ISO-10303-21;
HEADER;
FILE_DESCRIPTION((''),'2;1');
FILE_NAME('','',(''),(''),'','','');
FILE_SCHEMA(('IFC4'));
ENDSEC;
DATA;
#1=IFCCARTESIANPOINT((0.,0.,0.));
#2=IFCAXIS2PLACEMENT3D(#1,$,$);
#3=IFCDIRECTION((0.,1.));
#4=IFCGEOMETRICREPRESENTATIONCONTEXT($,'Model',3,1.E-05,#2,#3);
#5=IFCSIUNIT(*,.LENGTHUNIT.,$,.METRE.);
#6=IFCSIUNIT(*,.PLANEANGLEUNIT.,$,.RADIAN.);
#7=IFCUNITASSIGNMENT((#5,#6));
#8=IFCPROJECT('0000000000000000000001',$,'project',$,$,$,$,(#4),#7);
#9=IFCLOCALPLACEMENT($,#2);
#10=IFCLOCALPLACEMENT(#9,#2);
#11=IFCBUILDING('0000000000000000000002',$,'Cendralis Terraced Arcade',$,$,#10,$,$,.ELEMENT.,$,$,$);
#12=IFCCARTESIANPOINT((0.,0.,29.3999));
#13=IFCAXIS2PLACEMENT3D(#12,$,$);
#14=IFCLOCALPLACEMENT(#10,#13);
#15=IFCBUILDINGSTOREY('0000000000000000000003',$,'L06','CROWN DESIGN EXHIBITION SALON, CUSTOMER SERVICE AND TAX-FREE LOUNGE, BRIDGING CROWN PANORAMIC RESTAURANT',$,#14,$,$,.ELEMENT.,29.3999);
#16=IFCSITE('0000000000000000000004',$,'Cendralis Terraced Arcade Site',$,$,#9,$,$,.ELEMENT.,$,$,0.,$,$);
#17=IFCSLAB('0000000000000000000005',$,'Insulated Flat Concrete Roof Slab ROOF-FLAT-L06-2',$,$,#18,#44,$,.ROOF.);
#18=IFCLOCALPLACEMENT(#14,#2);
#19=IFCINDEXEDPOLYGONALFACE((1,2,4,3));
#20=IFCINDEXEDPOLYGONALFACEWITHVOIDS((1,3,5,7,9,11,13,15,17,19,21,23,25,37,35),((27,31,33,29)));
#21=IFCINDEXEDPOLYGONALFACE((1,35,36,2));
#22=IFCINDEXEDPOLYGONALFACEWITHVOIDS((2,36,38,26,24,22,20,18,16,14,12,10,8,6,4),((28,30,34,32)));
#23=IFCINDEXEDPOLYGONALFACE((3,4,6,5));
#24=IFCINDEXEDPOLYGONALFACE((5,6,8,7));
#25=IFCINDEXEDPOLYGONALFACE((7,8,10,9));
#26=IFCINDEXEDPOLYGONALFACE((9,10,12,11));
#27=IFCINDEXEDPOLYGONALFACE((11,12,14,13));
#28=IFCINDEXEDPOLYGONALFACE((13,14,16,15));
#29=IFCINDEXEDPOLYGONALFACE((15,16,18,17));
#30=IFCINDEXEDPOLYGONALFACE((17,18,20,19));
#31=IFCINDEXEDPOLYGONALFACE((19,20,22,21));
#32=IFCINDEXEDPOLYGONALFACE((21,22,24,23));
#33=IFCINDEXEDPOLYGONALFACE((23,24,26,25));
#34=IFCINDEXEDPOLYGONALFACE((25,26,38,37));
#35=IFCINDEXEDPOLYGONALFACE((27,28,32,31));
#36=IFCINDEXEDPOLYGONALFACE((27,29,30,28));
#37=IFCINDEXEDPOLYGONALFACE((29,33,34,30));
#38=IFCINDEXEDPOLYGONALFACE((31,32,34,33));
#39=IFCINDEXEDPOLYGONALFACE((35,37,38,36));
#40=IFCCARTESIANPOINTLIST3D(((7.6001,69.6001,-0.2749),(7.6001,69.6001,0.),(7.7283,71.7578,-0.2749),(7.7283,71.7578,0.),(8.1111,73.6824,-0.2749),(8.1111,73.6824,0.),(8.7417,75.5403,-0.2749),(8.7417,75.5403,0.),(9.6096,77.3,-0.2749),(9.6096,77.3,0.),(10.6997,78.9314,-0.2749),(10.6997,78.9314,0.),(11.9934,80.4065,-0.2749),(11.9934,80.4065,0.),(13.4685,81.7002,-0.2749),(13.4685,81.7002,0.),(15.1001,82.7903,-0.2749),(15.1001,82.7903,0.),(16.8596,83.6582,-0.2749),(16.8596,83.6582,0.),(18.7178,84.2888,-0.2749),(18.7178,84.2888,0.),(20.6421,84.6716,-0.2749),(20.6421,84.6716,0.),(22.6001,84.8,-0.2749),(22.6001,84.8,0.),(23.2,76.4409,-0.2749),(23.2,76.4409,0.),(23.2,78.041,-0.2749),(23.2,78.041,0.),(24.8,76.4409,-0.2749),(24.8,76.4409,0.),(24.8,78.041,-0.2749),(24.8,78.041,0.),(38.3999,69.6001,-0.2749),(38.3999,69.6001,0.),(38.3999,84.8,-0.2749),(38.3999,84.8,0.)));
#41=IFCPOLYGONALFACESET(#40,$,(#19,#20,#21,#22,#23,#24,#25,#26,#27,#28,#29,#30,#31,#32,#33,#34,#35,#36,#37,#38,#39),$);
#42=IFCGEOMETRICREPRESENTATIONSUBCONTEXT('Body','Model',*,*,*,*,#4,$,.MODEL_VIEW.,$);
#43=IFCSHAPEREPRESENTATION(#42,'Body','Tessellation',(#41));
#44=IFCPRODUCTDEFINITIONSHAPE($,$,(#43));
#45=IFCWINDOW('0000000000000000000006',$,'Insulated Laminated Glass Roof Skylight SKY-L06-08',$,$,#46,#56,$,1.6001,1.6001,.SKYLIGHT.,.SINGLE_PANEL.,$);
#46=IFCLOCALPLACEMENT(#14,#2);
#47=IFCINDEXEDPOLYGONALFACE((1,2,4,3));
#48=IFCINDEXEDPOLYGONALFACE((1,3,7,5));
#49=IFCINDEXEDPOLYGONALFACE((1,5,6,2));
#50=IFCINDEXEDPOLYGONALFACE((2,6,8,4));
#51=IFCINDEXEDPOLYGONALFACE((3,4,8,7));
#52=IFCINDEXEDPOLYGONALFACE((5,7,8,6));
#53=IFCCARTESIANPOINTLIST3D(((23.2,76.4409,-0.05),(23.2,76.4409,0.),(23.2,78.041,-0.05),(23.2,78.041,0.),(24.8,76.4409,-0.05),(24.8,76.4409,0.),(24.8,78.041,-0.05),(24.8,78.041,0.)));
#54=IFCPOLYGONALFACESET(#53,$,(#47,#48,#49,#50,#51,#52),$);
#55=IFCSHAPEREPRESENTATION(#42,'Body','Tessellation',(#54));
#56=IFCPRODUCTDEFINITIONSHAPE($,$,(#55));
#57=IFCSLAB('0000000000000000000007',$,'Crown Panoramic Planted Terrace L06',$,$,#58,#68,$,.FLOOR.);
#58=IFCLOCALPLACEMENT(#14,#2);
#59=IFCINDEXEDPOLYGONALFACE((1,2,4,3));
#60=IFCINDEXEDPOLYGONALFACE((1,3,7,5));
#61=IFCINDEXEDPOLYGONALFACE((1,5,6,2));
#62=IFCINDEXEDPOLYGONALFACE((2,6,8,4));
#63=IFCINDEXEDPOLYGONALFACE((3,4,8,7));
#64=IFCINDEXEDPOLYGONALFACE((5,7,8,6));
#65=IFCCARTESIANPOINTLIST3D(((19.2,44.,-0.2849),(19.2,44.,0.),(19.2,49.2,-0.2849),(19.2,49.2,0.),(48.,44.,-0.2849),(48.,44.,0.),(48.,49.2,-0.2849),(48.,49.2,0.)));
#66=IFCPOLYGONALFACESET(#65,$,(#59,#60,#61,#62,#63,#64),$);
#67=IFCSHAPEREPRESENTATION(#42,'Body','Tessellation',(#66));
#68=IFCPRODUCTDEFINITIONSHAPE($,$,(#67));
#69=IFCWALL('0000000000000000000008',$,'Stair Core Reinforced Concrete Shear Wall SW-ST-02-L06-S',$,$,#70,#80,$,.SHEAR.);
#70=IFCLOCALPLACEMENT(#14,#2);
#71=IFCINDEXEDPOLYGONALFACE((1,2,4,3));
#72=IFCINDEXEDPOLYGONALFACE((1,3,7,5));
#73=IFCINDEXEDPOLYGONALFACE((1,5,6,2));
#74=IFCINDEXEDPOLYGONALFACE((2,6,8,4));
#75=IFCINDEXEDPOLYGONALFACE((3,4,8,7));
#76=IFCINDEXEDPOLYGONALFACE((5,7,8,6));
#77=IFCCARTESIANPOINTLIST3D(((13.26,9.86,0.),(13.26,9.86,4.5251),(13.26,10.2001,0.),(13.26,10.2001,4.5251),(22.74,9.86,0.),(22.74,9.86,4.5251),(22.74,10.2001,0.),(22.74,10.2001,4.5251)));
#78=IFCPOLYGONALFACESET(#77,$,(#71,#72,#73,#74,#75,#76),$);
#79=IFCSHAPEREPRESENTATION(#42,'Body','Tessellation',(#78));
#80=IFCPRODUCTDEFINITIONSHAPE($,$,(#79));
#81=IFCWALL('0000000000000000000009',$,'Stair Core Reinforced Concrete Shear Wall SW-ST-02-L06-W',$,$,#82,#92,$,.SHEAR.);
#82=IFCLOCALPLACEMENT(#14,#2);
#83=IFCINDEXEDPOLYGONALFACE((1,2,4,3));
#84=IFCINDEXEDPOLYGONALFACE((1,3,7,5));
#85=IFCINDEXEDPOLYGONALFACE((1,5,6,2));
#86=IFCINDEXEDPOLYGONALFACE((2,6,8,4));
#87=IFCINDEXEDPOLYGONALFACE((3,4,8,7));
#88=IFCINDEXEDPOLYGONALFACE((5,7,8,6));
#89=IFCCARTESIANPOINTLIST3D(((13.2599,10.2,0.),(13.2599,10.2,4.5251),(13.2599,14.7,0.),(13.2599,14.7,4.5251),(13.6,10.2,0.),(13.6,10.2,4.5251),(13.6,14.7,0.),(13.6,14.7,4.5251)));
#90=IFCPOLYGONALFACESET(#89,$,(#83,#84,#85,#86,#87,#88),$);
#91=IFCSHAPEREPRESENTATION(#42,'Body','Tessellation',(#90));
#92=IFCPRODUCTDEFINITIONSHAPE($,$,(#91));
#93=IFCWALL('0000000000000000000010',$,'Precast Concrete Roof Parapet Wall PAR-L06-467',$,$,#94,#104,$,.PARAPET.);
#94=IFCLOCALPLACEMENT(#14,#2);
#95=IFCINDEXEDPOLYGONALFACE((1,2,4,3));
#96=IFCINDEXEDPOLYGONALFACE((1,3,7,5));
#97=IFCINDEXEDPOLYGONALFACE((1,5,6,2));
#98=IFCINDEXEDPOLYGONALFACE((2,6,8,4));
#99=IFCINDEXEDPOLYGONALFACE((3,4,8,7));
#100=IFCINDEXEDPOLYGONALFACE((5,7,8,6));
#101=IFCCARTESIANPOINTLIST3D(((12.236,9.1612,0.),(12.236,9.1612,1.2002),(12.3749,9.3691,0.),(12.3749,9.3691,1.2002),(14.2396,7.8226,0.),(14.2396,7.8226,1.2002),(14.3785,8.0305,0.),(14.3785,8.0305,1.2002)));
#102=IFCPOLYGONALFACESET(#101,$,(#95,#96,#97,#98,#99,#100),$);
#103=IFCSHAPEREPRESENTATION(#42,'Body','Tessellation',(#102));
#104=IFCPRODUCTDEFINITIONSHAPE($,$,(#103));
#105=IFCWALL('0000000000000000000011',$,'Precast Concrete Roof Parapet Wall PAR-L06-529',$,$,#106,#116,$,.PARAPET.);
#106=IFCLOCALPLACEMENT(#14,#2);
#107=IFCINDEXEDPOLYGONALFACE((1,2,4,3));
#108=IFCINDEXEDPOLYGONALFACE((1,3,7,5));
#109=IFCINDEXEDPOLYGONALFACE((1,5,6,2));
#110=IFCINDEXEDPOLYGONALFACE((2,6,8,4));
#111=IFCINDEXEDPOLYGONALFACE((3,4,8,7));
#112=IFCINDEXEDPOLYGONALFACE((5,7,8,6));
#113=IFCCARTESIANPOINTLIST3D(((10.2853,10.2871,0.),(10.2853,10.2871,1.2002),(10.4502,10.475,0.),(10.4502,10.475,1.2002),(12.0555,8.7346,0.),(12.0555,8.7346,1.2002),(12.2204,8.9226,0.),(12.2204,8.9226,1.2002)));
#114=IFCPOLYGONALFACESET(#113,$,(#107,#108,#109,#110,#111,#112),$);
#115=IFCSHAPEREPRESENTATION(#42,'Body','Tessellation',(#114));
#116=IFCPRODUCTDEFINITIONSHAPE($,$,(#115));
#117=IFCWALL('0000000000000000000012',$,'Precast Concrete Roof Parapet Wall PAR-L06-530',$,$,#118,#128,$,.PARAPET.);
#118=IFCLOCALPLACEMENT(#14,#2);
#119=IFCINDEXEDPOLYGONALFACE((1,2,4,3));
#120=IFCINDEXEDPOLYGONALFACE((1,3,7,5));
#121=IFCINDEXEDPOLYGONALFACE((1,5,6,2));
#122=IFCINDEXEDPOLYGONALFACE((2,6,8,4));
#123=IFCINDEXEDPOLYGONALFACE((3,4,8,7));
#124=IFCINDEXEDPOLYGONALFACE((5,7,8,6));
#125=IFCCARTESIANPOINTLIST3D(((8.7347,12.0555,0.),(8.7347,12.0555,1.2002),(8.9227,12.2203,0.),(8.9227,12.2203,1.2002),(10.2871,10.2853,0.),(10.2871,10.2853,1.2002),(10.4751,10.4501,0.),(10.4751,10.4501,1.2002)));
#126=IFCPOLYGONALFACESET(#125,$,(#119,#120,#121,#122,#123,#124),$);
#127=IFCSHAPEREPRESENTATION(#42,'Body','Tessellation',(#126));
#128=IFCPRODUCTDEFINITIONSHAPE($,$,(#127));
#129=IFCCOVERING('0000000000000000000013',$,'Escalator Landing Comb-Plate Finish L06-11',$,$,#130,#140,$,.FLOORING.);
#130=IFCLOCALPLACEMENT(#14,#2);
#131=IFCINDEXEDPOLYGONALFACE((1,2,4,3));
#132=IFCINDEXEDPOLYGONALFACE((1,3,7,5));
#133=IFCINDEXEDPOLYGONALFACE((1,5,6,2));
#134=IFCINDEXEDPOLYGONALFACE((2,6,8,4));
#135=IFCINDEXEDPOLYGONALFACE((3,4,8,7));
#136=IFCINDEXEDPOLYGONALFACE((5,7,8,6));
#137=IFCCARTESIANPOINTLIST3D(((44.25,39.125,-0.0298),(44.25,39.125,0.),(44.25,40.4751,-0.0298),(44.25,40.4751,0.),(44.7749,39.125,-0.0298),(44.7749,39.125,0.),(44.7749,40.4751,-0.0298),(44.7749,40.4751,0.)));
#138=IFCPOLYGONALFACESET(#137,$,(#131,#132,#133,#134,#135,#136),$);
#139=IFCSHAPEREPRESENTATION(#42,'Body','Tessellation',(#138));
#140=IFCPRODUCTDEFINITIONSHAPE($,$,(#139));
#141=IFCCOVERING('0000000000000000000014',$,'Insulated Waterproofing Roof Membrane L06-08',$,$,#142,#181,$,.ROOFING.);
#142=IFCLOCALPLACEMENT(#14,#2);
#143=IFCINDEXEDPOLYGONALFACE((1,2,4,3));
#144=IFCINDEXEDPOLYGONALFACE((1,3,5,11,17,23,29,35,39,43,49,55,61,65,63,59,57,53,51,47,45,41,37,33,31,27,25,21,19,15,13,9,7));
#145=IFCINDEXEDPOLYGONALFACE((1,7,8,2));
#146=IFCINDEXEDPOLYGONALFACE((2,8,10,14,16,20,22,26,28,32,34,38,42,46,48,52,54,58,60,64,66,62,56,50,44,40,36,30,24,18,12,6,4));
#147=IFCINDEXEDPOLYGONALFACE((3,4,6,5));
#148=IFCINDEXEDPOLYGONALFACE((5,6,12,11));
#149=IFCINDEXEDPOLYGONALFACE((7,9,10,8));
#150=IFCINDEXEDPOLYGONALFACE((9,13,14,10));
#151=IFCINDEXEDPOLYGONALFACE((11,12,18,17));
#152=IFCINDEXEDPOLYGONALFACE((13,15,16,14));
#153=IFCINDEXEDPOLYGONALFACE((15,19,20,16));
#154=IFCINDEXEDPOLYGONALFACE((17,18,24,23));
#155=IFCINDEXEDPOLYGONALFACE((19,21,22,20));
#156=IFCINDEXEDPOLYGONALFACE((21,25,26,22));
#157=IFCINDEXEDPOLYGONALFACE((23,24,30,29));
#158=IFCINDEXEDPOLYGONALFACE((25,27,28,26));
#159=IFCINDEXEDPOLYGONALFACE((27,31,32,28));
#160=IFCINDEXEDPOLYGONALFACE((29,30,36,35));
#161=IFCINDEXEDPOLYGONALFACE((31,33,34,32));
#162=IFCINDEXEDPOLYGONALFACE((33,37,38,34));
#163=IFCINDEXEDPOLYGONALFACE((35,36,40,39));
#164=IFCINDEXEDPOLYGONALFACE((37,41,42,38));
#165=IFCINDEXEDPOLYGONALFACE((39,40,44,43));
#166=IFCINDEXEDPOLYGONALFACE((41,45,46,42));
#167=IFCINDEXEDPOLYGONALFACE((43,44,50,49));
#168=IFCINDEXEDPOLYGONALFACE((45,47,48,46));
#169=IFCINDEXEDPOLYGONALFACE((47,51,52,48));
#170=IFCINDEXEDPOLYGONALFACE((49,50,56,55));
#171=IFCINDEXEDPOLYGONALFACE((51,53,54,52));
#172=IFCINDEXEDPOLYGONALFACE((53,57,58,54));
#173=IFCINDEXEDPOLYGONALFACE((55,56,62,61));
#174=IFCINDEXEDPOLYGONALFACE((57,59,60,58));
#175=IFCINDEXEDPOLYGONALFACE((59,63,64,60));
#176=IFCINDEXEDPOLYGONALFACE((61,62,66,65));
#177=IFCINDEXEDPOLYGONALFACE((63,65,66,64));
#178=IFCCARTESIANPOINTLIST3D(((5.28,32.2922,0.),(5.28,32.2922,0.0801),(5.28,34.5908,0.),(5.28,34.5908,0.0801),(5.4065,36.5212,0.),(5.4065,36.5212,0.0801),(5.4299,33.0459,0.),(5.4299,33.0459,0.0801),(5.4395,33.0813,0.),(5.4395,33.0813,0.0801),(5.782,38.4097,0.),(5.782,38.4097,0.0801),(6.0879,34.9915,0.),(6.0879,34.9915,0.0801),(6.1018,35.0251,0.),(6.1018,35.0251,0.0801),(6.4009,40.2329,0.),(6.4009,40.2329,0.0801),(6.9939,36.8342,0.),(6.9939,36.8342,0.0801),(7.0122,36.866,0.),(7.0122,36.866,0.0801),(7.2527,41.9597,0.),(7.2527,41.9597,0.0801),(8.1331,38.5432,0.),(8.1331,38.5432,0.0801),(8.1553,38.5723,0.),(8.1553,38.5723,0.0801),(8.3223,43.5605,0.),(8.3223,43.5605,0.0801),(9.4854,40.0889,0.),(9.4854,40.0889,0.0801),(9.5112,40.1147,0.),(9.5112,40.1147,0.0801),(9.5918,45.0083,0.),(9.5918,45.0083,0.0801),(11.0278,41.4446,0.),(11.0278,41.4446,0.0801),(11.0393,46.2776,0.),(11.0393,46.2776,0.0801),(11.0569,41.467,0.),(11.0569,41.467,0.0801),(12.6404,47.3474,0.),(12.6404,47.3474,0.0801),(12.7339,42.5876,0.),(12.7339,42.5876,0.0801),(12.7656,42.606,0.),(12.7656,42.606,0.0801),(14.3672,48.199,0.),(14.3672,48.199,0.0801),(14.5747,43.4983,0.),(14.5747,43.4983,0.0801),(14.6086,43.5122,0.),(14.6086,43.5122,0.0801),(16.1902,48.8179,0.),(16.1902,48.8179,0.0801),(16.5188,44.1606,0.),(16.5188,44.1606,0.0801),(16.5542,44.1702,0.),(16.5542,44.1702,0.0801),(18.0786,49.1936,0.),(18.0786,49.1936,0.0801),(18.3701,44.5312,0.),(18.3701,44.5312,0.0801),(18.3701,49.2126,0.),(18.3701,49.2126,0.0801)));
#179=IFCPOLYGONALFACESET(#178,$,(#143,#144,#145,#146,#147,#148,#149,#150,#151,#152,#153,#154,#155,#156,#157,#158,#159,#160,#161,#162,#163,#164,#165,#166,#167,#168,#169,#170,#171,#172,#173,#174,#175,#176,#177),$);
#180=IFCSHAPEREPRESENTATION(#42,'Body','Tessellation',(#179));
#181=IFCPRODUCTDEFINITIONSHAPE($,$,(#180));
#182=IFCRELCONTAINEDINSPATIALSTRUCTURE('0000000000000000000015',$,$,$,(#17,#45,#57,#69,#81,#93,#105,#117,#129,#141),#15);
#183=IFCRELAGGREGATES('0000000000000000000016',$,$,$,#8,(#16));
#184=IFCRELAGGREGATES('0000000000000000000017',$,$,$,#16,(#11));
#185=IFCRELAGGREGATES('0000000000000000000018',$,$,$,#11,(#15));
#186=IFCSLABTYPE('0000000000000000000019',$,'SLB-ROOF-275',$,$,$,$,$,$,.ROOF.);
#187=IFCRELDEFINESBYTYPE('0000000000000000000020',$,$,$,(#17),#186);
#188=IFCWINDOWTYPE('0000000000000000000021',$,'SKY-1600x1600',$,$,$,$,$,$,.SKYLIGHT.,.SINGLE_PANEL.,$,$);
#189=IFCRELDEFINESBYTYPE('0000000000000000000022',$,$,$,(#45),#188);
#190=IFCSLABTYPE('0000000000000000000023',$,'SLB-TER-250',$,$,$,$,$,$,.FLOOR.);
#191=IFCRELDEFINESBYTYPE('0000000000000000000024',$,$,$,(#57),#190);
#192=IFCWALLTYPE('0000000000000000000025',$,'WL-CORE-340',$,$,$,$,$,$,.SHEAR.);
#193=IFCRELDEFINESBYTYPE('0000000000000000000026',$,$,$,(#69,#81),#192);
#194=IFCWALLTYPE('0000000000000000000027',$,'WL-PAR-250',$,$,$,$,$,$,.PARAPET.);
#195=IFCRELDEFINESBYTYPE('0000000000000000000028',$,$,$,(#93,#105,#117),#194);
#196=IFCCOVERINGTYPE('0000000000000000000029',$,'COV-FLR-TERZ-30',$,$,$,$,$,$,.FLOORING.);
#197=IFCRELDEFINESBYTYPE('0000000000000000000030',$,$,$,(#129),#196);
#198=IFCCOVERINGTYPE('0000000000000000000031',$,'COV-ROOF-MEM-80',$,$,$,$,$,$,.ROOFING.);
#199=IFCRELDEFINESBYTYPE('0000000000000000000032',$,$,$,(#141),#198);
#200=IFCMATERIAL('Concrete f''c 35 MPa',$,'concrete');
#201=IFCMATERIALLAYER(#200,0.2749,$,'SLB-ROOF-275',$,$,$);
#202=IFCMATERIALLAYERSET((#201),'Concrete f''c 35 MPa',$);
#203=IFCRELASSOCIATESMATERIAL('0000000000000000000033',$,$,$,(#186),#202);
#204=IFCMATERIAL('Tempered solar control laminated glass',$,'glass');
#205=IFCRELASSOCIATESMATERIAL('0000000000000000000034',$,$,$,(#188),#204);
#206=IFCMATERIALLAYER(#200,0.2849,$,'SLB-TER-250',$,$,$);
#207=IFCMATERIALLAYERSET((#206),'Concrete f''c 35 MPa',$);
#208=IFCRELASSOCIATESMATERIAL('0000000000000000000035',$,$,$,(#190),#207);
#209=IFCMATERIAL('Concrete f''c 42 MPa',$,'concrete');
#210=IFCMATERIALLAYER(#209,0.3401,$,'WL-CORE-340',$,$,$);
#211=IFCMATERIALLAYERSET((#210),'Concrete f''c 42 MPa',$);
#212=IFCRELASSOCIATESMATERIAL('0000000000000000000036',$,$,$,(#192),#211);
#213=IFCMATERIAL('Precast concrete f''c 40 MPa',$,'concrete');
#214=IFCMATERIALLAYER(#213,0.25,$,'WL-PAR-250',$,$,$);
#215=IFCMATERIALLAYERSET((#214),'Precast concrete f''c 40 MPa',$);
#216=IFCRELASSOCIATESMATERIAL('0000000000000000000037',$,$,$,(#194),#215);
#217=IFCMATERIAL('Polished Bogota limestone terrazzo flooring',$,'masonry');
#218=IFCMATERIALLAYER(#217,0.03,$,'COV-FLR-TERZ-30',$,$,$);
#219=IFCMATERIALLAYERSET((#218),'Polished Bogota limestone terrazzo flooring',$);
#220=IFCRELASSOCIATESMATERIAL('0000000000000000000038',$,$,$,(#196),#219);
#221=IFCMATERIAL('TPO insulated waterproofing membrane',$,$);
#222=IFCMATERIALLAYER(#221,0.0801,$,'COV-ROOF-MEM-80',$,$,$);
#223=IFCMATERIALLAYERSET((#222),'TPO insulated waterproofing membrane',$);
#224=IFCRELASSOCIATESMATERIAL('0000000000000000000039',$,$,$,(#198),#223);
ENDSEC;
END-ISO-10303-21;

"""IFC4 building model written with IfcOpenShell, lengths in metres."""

from ifc_helpers import new_model, si_unit, direction, frame, frame_2d, origin, origin_2d, place, context, subcontext, project, spatial, polyline, rectangle, outline, extrude, material, layer, layer_set, type_object, element, fill, save


model = new_model("IFC4")

# Units and contexts
model_context = context("Model", 3, precision=1e-05, world=origin(), true_north=direction((0.0, 1.0)))
body_context = subcontext(model_context, "Body", "Model", "MODEL_VIEW")
ifc_project = project(units=[si_unit("LENGTHUNIT", "METRE"), si_unit("PLANEANGLEUNIT", "RADIAN")], contexts=[model_context])

# Site, building, storey
site_placement = place(None, origin())
site = spatial("IfcSite", under=ifc_project, at=site_placement, Name="Cendralis Terraced Arcade Site", CompositionType="ELEMENT", RefElevation=0.0)
building_placement = place(site_placement, origin())
building = spatial("IfcBuilding", under=site, at=building_placement, Name="Cendralis Terraced Arcade", CompositionType="ELEMENT")
storey_placement = place(building_placement, frame((0.0, 0.0, 29.3999)))
storey = spatial("IfcBuildingStorey", under=building, at=storey_placement, Name="L06", Description="CROWN DESIGN EXHIBITION SALON, CUSTOMER SERVICE AND TAX-FREE LOUNGE, BRIDGING CROWN PANORAMIC RESTAURANT", CompositionType="ELEMENT", Elevation=29.3999)

# Shared definitions
ifc_material_1 = material(Name="Tempered solar control laminated glass", Category="glass")

# Shared definitions
ifc_material_2 = material(Name="Concrete f'c 35 MPa", Category="concrete")

# Slab, opening, window
ifc_layer_1 = layer(ifc_material_2, 0.2749, Name="SLB-ROOF-275")
ifc_layer_set_1 = layer_set([ifc_layer_1], Name="Concrete f'c 35 MPa")
slab_type_1 = type_object("IfcSlabType", Name="SLB-ROOF-275", PredefinedType="ROOF", material=ifc_layer_set_1)
slab_1_placement = place(storey_placement, frame((0.0, 0.0, -0.2749)))
slab_1 = element("IfcSlab", 1, at=slab_1_placement, inside=storey, type_object=slab_type_1, Name="Insulated Flat Concrete Roof Slab ROOF-FLAT-L06-2", PredefinedType="ROOF", context=body_context, shape_type="SweptSolid", body=[
    extrude(outline(polyline([(8.1111, 73.6824), (8.7417, 75.5403), (9.6096, 77.3), (10.6997, 78.9314), (11.9934, 80.4065), (13.4685, 81.7002), (15.1001, 82.7903), (16.8596, 83.6582), (18.7178, 84.2888), (20.6421, 84.6716), (22.6001, 84.8), (38.3999, 84.8), (38.3999, 69.6001), (7.6001, 69.6001), (7.7283, 71.7578), (8.1111, 73.6824)])), origin(), (0.0, 0.0, 1.0), 0.2749),
])
opening_1_placement = place(slab_1_placement, frame((24.0, 77.241, 0.0)))
opening_1 = element("IfcOpeningElement", 2, at=opening_1_placement, cuts=slab_1, PredefinedType="OPENING", context=body_context, shape_type="SweptSolid", body=[
    extrude(rectangle(XDim=1.6001, YDim=1.6001, at=origin_2d()), frame((0.0, 0.0, -0.012)), (0.0, 0.0, 1.0), 0.2988),
])
window_type_1 = type_object("IfcWindowType", Name="SKY-1600x1600", PartitioningType="SINGLE_PANEL", PredefinedType="SKYLIGHT", material=ifc_material_1)
window_1_placement = place(opening_1_placement, frame((0.0, 0.0, 0.2249)))
window_1 = element("IfcWindow", 3, at=window_1_placement, inside=storey, type_object=window_type_1, Name="Insulated Laminated Glass Roof Skylight SKY-L06-08", OverallHeight=1.6001, OverallWidth=1.6001, PartitioningType="SINGLE_PANEL", PredefinedType="SKYLIGHT", context=body_context, shape_type="SweptSolid", body=[
    extrude(rectangle(XDim=1.6001, YDim=1.6001, at=origin_2d()), origin(), (0.0, 0.0, 1.0), 0.05),
])
fill(opening_1, window_1)

# Slab
ifc_layer_2 = layer(ifc_material_2, 0.2849, Name="SLB-TER-250")
ifc_layer_set_2 = layer_set([ifc_layer_2], Name="Concrete f'c 35 MPa")
slab_type_2 = type_object("IfcSlabType", Name="SLB-TER-250", PredefinedType="FLOOR", material=ifc_layer_set_2)
slab_2_placement = place(storey_placement, frame((0.0, 0.0, -0.2849)))
element("IfcSlab", 4, at=slab_2_placement, inside=storey, type_object=slab_type_2, Name="Crown Panoramic Planted Terrace L06", PredefinedType="FLOOR", context=body_context, shape_type="SweptSolid", body=[
    extrude(outline(polyline([(19.2, 44.0), (19.2, 49.2), (48.0, 49.2), (48.0, 44.0), (19.2, 44.0)])), origin(), (0.0, 0.0, 1.0), 0.2849),
])

# Walls
ifc_material_3 = material(Name="Concrete f'c 42 MPa", Category="concrete")
ifc_layer_3 = layer(ifc_material_3, 0.3401, Name="WL-CORE-340")
ifc_layer_set_3 = layer_set([ifc_layer_3], Name="Concrete f'c 42 MPa")
wall_type_1 = type_object("IfcWallType", Name="WL-CORE-340", PredefinedType="SHEAR", material=ifc_layer_set_3)
wall_1_placement = place(storey_placement, frame((13.26, 10.03, 0.0), z_axis=(0.0, 0.0, 1.0), x_axis=(1.0, 0.0, 0.0)))
element("IfcWall", 5, at=wall_1_placement, inside=storey, type_object=wall_type_1, Name="Stair Core Reinforced Concrete Shear Wall SW-ST-02-L06-S", PredefinedType="SHEAR", context=body_context, shape_type="SweptSolid", body=[
    extrude(rectangle(XDim=9.48, YDim=0.3401, at=frame_2d((4.74, 0.0))), origin(), (0.0, 0.0, 1.0), 4.5251),
])
wall_2_placement = place(storey_placement, frame((13.4299, 10.2, 0.0), z_axis=(0.0, 0.0, 1.0), x_axis=(0.0, 1.0, 0.0)))
element("IfcWall", 6, at=wall_2_placement, inside=storey, type_object=wall_type_1, Name="Stair Core Reinforced Concrete Shear Wall SW-ST-02-L06-W", PredefinedType="SHEAR", context=body_context, shape_type="SweptSolid", body=[
    extrude(rectangle(XDim=4.5, YDim=0.3401, at=frame_2d((2.25, 0.0))), origin(), (0.0, 0.0, 1.0), 4.5251),
])
ifc_material_4 = material(Name="Precast concrete f'c 40 MPa", Category="concrete")
ifc_layer_4 = layer(ifc_material_4, 0.25, Name="WL-PAR-250")
ifc_layer_set_4 = layer_set([ifc_layer_4], Name="Precast concrete f'c 40 MPa")
wall_type_2 = type_object("IfcWallType", Name="WL-PAR-250", PredefinedType="PARAPET", material=ifc_layer_set_4)
wall_3_placement = place(storey_placement, frame((12.3054, 9.2651, 0.0), z_axis=(0.0, 0.0, 1.0), x_axis=(0.831504, -0.555518, 0.0)))
element("IfcWall", 7, at=wall_3_placement, inside=storey, type_object=wall_type_2, Name="Precast Concrete Roof Parapet Wall PAR-L06-467", PredefinedType="PARAPET", context=body_context, shape_type="SweptSolid", body=[
    extrude(rectangle(XDim=2.4097, YDim=0.25, at=frame_2d((1.2048, 0.0))), origin(), (0.0, 0.0, 1.0), 1.2002),
])
for number, where, z_axis, x_axis, name in (
    (8, (12.1379, 8.8286, 0.0), (0.0, 0.0, 1.0), (-0.751838, 0.659348, 0.0), "Precast Concrete Roof Parapet Wall PAR-L06-529"),
    (9, (10.3811, 10.3677, 0.0), (0.0, 0.0, 1.0), (-0.659348, 0.751838, 0.0), "Precast Concrete Roof Parapet Wall PAR-L06-530"),
):
    element("IfcWall", number, at=place(storey_placement, frame(where, z_axis=z_axis, x_axis=x_axis)), inside=storey, type_object=wall_type_2, Name=name, PredefinedType="PARAPET", context=body_context, shape_type="SweptSolid", body=[
        extrude(rectangle(XDim=2.3545, YDim=0.25, at=frame_2d((1.1772, 0.0))), origin(), (0.0, 0.0, 1.0), 1.2002),
    ])

# Coverings
ifc_material_5 = material(Name="Polished Bogota limestone terrazzo flooring", Category="masonry")
ifc_layer_5 = layer(ifc_material_5, 0.03, Name="COV-FLR-TERZ-30")
ifc_layer_set_5 = layer_set([ifc_layer_5], Name="Polished Bogota limestone terrazzo flooring")
covering_type_1 = type_object("IfcCoveringType", Name="COV-FLR-TERZ-30", PredefinedType="FLOORING", material=ifc_layer_set_5)
covering_1_placement = place(storey_placement, frame((0.0, 0.0, -0.0298)))
element("IfcCovering", 10, at=covering_1_placement, inside=storey, type_object=covering_type_1, Name="Escalator Landing Comb-Plate Finish L06-11", PredefinedType="FLOORING", context=body_context, shape_type="SweptSolid", body=[
    extrude(outline(polyline([(44.25, 39.125), (44.7749, 39.125), (44.7749, 40.4751), (44.25, 40.4751), (44.25, 39.125)])), origin(), (0.0, 0.0, 1.0), 0.0298),
])
ifc_material_6 = material(Name="TPO insulated waterproofing membrane")
ifc_layer_6 = layer(ifc_material_6, 0.0801, Name="COV-ROOF-MEM-80")
ifc_layer_set_6 = layer_set([ifc_layer_6], Name="TPO insulated waterproofing membrane")
covering_type_2 = type_object("IfcCoveringType", Name="COV-ROOF-MEM-80", PredefinedType="ROOFING", material=ifc_layer_set_6)
covering_2_placement = place(storey_placement, origin())
element("IfcCovering", 11, at=covering_2_placement, inside=storey, type_object=covering_type_2, Name="Insulated Waterproofing Roof Membrane L06-08", PredefinedType="ROOFING", context=body_context, shape_type="SweptSolid", body=[
    extrude(outline(polyline([(5.28, 32.2922), (5.28, 34.5908), (5.4065, 36.5212), (5.782, 38.4097), (6.4009, 40.2329), (7.2527, 41.9597), (8.3223, 43.5605), (9.5918, 45.0083), (11.0393, 46.2776), (12.6404, 47.3474), (14.3672, 48.199), (16.1902, 48.8179), (18.0786, 49.1936), (18.3701, 49.2126), (18.3701, 44.5312), (16.5542, 44.1702), (16.5188, 44.1606), (14.6086, 43.5122), (14.5747, 43.4983), (12.7656, 42.606), (12.7339, 42.5876), (11.0569, 41.467), (11.0278, 41.4446), (9.5112, 40.1147), (9.4854, 40.0889), (8.1553, 38.5723), (8.1331, 38.5432), (7.0122, 36.866), (6.9939, 36.8342), (6.1018, 35.0251), (6.0879, 34.9915), (5.4395, 33.0813), (5.4299, 33.0459), (5.28, 32.2922)])), origin(), (0.0, 0.0, 1.0), 0.0801),
])

save(model, "model.ifc")
